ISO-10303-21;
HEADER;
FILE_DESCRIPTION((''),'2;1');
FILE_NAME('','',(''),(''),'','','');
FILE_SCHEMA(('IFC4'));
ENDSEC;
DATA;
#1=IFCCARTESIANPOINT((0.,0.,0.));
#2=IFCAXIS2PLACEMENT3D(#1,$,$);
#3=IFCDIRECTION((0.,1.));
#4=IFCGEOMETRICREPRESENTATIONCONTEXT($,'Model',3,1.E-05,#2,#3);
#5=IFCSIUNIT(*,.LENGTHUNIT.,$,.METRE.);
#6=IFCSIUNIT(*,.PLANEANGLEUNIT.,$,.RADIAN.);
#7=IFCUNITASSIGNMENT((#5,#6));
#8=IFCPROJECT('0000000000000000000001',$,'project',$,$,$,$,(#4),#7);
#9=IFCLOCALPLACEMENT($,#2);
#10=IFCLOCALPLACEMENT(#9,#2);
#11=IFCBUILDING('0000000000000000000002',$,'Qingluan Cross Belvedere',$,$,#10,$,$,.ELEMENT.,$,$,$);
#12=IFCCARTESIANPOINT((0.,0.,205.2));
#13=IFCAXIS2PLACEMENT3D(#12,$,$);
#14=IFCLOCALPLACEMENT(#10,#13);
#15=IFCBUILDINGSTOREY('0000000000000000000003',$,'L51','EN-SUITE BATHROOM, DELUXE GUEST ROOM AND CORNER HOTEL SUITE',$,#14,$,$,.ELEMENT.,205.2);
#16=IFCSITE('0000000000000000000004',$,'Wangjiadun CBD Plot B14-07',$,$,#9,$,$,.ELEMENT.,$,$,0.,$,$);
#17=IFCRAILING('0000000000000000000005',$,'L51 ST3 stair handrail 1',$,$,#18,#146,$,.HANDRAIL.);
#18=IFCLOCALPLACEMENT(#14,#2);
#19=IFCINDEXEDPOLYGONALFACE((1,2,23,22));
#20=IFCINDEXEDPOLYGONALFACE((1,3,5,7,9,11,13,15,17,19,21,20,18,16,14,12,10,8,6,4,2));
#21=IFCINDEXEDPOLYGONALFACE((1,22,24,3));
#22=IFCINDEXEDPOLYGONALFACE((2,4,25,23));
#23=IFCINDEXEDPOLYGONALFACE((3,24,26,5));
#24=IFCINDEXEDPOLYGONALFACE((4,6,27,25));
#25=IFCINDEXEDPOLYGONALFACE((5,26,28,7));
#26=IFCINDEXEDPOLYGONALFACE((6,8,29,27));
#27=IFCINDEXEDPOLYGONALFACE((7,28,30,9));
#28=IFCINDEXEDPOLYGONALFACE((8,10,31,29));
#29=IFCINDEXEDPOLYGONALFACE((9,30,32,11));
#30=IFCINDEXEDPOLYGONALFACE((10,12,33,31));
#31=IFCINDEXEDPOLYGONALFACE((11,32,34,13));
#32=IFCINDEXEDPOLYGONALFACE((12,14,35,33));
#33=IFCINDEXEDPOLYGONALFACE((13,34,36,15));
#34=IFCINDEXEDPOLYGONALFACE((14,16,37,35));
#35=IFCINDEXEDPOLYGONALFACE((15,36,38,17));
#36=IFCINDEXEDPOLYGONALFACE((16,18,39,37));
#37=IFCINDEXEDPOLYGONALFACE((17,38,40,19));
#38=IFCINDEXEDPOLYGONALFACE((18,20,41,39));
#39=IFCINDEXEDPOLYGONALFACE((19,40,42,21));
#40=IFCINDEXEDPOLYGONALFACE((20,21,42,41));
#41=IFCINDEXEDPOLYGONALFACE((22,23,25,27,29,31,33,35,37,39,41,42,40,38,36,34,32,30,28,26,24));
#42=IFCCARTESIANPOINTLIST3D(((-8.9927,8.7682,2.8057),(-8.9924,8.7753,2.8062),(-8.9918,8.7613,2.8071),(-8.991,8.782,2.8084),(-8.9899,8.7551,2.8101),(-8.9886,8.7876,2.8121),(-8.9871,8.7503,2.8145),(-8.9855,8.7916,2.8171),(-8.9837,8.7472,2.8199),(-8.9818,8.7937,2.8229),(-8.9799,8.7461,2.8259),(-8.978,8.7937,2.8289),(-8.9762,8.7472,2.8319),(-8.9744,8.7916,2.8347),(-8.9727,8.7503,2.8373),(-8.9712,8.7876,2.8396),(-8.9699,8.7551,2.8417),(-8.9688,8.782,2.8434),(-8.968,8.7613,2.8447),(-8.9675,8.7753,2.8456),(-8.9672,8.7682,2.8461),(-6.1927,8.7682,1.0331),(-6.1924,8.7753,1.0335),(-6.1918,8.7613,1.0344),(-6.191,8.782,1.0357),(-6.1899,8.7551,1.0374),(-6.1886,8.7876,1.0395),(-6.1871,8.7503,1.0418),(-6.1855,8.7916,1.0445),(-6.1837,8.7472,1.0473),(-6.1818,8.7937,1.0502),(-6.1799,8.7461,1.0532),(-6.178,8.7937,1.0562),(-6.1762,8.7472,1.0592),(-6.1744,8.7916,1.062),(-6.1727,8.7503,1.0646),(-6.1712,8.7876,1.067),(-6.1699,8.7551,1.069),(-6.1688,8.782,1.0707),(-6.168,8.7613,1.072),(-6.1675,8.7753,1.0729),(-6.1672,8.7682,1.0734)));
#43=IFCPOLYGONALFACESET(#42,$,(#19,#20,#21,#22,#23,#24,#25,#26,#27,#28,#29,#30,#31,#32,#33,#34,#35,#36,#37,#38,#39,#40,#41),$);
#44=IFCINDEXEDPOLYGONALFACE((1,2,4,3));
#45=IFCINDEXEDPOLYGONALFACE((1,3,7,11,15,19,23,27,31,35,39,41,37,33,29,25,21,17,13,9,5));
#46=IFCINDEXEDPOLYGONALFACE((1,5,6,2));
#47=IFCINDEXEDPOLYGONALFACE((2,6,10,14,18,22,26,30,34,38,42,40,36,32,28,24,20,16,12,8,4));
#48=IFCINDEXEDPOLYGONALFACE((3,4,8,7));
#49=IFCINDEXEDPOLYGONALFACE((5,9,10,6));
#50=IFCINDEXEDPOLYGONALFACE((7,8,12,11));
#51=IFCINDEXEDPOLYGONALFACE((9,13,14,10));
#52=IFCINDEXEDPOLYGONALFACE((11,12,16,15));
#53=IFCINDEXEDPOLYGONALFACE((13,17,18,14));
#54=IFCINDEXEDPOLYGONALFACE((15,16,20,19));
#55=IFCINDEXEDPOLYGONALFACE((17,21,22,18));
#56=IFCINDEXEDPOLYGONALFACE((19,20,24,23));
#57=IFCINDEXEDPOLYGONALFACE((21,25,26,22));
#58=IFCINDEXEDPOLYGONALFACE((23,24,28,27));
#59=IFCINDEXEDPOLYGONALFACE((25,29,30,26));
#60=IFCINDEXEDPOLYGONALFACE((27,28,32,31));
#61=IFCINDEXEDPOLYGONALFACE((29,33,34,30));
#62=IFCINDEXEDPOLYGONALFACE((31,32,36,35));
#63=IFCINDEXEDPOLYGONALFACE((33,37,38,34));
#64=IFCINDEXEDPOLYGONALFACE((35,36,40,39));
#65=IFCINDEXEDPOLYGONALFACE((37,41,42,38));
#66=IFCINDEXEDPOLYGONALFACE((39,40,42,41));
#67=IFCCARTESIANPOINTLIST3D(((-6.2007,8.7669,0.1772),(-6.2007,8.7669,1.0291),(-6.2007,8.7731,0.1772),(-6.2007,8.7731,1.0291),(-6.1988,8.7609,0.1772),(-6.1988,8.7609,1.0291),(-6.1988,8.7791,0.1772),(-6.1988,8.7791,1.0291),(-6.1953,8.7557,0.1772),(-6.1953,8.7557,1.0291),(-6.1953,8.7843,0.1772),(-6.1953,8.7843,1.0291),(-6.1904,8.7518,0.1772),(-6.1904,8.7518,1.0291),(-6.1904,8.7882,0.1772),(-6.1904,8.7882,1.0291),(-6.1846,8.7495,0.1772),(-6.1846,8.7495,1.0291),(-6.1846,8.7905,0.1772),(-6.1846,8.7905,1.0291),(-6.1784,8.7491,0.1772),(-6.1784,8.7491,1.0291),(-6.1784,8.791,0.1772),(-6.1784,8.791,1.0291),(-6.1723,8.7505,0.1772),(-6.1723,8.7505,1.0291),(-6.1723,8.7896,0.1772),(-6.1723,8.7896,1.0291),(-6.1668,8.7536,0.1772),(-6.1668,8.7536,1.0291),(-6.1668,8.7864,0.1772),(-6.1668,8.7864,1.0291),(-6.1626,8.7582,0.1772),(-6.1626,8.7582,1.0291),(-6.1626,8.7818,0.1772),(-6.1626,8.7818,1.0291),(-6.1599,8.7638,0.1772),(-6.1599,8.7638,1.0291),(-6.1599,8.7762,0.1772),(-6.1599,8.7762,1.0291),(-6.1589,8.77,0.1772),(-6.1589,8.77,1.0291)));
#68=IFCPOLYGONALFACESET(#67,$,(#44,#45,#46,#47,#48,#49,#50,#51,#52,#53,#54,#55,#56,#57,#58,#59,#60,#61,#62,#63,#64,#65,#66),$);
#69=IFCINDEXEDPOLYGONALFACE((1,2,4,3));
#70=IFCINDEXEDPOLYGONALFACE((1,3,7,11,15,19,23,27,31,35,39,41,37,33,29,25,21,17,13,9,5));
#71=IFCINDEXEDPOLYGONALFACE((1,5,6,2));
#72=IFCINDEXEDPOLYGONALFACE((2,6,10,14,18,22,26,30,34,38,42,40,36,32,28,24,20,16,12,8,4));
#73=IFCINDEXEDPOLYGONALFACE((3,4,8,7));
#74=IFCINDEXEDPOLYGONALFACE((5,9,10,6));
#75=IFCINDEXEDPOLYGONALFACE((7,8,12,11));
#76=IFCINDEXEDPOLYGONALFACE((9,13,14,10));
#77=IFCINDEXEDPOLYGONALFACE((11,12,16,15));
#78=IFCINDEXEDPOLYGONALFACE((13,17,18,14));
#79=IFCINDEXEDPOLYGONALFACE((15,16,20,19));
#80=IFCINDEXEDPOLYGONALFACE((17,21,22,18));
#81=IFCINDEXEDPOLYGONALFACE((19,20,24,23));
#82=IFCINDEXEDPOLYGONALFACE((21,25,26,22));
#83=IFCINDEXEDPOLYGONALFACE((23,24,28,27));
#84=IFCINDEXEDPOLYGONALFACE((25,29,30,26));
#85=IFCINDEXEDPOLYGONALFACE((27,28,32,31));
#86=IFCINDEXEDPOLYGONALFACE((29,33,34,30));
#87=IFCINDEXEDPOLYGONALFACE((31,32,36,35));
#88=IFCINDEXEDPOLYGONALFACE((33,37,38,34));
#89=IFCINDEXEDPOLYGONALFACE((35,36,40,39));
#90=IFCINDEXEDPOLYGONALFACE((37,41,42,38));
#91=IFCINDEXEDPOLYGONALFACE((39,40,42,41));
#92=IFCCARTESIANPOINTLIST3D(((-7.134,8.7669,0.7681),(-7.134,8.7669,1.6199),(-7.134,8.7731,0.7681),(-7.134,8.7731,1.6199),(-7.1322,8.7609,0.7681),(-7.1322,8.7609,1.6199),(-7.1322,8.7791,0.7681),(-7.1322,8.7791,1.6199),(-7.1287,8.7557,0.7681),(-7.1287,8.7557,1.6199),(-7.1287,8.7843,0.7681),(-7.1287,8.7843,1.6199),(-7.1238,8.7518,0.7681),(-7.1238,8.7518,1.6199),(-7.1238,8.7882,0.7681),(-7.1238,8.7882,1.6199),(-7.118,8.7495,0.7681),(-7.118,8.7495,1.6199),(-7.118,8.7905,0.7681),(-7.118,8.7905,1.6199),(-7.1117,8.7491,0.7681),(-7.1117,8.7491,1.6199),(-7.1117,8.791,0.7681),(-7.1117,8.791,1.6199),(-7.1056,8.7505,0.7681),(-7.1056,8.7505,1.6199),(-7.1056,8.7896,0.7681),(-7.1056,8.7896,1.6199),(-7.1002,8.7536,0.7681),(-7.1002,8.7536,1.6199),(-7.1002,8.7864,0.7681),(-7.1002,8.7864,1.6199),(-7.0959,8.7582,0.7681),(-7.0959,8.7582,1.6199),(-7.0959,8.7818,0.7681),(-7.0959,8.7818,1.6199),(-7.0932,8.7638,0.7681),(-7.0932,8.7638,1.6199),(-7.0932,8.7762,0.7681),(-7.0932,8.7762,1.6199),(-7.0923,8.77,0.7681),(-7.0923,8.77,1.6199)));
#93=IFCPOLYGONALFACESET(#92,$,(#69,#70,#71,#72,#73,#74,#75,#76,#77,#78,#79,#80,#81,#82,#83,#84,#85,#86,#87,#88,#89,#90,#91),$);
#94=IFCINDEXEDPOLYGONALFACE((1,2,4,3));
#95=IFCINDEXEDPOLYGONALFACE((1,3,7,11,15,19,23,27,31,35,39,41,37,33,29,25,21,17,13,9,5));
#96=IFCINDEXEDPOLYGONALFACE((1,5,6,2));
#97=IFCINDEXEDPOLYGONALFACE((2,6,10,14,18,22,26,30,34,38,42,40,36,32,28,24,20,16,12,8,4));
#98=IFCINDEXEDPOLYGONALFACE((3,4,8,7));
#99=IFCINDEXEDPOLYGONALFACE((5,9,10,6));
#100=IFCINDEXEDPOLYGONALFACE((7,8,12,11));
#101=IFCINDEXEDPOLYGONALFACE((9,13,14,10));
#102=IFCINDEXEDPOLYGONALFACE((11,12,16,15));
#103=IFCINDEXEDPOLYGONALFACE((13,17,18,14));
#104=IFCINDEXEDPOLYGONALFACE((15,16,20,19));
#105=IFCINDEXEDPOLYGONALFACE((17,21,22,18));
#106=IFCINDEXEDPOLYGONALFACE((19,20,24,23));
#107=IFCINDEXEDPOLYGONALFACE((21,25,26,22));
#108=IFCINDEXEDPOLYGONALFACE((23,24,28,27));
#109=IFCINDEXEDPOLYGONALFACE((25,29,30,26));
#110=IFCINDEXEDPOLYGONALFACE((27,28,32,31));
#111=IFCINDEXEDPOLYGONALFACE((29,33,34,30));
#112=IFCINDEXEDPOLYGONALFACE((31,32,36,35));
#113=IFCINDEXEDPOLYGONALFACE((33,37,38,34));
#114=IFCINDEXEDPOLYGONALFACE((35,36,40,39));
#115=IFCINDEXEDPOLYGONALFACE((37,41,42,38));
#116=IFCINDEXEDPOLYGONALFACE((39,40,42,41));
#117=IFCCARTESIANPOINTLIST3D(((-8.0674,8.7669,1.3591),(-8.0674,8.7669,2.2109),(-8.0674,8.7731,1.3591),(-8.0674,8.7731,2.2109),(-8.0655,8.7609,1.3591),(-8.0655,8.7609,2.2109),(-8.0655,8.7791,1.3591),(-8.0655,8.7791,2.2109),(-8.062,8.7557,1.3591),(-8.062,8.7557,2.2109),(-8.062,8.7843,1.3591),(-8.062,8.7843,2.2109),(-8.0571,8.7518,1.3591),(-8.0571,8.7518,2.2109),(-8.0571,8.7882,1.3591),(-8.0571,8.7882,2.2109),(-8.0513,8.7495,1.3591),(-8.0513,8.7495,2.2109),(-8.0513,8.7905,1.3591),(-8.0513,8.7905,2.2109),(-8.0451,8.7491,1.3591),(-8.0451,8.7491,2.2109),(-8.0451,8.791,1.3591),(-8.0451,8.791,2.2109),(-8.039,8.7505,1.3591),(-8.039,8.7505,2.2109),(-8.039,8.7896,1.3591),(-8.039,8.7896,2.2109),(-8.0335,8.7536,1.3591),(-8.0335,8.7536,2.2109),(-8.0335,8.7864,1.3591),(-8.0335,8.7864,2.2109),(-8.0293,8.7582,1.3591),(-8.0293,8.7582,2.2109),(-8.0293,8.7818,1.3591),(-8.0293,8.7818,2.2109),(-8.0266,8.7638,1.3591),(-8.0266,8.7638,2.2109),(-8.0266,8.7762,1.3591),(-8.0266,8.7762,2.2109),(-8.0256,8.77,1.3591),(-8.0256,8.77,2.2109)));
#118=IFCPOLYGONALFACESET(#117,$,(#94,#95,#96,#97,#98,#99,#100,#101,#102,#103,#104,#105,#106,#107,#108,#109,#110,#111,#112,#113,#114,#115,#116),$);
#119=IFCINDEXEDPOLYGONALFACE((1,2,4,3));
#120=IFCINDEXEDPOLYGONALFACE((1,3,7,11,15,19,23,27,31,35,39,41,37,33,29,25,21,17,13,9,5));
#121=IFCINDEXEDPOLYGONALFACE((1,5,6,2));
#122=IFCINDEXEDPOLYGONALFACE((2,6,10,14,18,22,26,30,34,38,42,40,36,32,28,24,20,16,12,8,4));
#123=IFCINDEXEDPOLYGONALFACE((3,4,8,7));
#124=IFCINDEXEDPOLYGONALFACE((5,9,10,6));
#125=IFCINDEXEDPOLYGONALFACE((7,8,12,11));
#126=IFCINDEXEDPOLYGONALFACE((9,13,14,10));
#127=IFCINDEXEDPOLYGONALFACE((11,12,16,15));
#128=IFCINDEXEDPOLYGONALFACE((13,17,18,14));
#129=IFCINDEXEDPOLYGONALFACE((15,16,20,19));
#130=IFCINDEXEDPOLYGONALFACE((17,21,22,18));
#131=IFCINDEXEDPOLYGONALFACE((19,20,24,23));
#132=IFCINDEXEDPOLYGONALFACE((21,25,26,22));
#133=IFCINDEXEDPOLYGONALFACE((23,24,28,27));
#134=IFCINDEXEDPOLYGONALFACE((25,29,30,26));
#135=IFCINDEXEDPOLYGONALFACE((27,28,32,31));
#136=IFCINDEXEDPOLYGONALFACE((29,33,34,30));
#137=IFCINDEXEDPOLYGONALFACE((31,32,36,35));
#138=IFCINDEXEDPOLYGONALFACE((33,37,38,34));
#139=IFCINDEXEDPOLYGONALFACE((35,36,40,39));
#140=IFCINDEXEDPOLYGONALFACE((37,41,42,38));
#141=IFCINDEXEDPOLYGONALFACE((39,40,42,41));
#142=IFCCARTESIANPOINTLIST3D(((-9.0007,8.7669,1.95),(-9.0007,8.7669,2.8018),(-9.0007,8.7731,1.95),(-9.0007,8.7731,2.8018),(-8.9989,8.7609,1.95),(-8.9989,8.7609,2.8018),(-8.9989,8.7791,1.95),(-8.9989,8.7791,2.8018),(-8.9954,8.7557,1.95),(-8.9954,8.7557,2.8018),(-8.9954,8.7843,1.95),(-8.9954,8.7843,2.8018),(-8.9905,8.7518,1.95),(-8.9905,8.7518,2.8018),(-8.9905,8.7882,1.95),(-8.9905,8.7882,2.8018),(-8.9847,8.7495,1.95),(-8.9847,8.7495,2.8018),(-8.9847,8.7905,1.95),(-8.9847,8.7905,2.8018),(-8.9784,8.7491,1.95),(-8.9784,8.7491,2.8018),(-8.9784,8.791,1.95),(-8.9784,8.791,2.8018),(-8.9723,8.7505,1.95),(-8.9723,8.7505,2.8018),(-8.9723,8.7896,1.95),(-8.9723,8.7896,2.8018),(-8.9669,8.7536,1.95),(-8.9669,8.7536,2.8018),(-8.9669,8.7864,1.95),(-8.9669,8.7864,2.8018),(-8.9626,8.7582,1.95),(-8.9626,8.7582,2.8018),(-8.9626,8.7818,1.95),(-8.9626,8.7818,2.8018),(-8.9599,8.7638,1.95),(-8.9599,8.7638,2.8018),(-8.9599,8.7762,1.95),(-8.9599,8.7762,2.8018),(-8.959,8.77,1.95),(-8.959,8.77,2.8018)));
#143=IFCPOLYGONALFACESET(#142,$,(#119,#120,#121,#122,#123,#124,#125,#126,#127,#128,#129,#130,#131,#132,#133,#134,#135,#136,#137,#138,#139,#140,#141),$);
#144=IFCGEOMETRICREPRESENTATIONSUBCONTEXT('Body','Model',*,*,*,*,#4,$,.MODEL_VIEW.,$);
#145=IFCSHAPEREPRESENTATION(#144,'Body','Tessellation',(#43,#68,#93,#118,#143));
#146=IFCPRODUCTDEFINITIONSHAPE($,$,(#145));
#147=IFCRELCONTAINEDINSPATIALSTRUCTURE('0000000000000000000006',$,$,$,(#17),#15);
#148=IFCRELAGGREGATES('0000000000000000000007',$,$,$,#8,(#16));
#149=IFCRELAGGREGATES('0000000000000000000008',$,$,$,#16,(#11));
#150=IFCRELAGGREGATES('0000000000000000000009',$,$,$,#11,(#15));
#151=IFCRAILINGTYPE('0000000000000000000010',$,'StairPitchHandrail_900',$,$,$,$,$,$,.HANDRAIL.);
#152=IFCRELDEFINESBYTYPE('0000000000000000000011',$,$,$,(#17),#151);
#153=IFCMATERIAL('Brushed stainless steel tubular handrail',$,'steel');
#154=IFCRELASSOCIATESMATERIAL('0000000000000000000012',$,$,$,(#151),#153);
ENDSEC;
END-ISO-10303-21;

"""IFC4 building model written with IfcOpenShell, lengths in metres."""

from ifc_helpers import new_model, si_unit, direction, frame, origin, origin_2d, place, context, subcontext, project, spatial, circle, extrude, material, type_object, element, save


model = new_model("IFC4")

# Units and contexts
model_context = context("Model", 3, precision=1e-05, world=origin(), true_north=direction((0.0, 1.0)))
body_context = subcontext(model_context, "Body", "Model", "MODEL_VIEW")
ifc_project = project(units=[si_unit("LENGTHUNIT", "METRE"), si_unit("PLANEANGLEUNIT", "RADIAN")], contexts=[model_context])

# Site, building, storey
site_placement = place(None, origin())
site = spatial("IfcSite", under=ifc_project, at=site_placement, Name="Wangjiadun CBD Plot B14-07", CompositionType="ELEMENT", RefElevation=0.0)
building_placement = place(site_placement, origin())
building = spatial("IfcBuilding", under=site, at=building_placement, Name="Qingluan Cross Belvedere", CompositionType="ELEMENT")
storey_placement = place(building_placement, frame((0.0, 0.0, 205.2)))
storey = spatial("IfcBuildingStorey", under=building, at=storey_placement, Name="L51", Description="EN-SUITE BATHROOM, DELUXE GUEST ROOM AND CORNER HOTEL SUITE", CompositionType="ELEMENT", Elevation=205.2)

# Railing
ifc_material_1 = material(Name="Brushed stainless steel tubular handrail", Category="steel")
railing_type_1 = type_object("IfcRailingType", Name="StairPitchHandrail_900", PredefinedType="HANDRAIL", material=ifc_material_1)
railing_1_placement = place(storey_placement, frame((-6.1799, 8.77, 0.1772)))
element("IfcRailing", 1, at=railing_1_placement, inside=storey, type_object=railing_type_1, Name="L51 ST3 stair handrail 1", PredefinedType="HANDRAIL", context=body_context, shape_type="SweptSolid", body=[
    extrude(circle(Radius=0.0239, at=origin_2d()), frame((0.0, 0.0, 0.876), z_axis=(-0.844909, 0.0, 0.53491), x_axis=(0.0, -1.0, 0.0)), (0.0, 0.0, 1.0), 3.314),
    extrude(circle(Radius=0.021, at=origin_2d()), origin(), (0.0, 0.0, 1.0), 0.8518),
    extrude(circle(Radius=0.021, at=origin_2d()), frame((-0.9333, 0.0, 0.5908)), (0.0, 0.0, 1.0), 0.8518),
    extrude(circle(Radius=0.021, at=origin_2d()), frame((-1.8667, 0.0, 1.1819)), (0.0, 0.0, 1.0), 0.8518),
    extrude(circle(Radius=0.021, at=origin_2d()), frame((-2.8, 0.0, 1.7727)), (0.0, 0.0, 1.0), 0.8518),
])

save(model, "model.ifc")
